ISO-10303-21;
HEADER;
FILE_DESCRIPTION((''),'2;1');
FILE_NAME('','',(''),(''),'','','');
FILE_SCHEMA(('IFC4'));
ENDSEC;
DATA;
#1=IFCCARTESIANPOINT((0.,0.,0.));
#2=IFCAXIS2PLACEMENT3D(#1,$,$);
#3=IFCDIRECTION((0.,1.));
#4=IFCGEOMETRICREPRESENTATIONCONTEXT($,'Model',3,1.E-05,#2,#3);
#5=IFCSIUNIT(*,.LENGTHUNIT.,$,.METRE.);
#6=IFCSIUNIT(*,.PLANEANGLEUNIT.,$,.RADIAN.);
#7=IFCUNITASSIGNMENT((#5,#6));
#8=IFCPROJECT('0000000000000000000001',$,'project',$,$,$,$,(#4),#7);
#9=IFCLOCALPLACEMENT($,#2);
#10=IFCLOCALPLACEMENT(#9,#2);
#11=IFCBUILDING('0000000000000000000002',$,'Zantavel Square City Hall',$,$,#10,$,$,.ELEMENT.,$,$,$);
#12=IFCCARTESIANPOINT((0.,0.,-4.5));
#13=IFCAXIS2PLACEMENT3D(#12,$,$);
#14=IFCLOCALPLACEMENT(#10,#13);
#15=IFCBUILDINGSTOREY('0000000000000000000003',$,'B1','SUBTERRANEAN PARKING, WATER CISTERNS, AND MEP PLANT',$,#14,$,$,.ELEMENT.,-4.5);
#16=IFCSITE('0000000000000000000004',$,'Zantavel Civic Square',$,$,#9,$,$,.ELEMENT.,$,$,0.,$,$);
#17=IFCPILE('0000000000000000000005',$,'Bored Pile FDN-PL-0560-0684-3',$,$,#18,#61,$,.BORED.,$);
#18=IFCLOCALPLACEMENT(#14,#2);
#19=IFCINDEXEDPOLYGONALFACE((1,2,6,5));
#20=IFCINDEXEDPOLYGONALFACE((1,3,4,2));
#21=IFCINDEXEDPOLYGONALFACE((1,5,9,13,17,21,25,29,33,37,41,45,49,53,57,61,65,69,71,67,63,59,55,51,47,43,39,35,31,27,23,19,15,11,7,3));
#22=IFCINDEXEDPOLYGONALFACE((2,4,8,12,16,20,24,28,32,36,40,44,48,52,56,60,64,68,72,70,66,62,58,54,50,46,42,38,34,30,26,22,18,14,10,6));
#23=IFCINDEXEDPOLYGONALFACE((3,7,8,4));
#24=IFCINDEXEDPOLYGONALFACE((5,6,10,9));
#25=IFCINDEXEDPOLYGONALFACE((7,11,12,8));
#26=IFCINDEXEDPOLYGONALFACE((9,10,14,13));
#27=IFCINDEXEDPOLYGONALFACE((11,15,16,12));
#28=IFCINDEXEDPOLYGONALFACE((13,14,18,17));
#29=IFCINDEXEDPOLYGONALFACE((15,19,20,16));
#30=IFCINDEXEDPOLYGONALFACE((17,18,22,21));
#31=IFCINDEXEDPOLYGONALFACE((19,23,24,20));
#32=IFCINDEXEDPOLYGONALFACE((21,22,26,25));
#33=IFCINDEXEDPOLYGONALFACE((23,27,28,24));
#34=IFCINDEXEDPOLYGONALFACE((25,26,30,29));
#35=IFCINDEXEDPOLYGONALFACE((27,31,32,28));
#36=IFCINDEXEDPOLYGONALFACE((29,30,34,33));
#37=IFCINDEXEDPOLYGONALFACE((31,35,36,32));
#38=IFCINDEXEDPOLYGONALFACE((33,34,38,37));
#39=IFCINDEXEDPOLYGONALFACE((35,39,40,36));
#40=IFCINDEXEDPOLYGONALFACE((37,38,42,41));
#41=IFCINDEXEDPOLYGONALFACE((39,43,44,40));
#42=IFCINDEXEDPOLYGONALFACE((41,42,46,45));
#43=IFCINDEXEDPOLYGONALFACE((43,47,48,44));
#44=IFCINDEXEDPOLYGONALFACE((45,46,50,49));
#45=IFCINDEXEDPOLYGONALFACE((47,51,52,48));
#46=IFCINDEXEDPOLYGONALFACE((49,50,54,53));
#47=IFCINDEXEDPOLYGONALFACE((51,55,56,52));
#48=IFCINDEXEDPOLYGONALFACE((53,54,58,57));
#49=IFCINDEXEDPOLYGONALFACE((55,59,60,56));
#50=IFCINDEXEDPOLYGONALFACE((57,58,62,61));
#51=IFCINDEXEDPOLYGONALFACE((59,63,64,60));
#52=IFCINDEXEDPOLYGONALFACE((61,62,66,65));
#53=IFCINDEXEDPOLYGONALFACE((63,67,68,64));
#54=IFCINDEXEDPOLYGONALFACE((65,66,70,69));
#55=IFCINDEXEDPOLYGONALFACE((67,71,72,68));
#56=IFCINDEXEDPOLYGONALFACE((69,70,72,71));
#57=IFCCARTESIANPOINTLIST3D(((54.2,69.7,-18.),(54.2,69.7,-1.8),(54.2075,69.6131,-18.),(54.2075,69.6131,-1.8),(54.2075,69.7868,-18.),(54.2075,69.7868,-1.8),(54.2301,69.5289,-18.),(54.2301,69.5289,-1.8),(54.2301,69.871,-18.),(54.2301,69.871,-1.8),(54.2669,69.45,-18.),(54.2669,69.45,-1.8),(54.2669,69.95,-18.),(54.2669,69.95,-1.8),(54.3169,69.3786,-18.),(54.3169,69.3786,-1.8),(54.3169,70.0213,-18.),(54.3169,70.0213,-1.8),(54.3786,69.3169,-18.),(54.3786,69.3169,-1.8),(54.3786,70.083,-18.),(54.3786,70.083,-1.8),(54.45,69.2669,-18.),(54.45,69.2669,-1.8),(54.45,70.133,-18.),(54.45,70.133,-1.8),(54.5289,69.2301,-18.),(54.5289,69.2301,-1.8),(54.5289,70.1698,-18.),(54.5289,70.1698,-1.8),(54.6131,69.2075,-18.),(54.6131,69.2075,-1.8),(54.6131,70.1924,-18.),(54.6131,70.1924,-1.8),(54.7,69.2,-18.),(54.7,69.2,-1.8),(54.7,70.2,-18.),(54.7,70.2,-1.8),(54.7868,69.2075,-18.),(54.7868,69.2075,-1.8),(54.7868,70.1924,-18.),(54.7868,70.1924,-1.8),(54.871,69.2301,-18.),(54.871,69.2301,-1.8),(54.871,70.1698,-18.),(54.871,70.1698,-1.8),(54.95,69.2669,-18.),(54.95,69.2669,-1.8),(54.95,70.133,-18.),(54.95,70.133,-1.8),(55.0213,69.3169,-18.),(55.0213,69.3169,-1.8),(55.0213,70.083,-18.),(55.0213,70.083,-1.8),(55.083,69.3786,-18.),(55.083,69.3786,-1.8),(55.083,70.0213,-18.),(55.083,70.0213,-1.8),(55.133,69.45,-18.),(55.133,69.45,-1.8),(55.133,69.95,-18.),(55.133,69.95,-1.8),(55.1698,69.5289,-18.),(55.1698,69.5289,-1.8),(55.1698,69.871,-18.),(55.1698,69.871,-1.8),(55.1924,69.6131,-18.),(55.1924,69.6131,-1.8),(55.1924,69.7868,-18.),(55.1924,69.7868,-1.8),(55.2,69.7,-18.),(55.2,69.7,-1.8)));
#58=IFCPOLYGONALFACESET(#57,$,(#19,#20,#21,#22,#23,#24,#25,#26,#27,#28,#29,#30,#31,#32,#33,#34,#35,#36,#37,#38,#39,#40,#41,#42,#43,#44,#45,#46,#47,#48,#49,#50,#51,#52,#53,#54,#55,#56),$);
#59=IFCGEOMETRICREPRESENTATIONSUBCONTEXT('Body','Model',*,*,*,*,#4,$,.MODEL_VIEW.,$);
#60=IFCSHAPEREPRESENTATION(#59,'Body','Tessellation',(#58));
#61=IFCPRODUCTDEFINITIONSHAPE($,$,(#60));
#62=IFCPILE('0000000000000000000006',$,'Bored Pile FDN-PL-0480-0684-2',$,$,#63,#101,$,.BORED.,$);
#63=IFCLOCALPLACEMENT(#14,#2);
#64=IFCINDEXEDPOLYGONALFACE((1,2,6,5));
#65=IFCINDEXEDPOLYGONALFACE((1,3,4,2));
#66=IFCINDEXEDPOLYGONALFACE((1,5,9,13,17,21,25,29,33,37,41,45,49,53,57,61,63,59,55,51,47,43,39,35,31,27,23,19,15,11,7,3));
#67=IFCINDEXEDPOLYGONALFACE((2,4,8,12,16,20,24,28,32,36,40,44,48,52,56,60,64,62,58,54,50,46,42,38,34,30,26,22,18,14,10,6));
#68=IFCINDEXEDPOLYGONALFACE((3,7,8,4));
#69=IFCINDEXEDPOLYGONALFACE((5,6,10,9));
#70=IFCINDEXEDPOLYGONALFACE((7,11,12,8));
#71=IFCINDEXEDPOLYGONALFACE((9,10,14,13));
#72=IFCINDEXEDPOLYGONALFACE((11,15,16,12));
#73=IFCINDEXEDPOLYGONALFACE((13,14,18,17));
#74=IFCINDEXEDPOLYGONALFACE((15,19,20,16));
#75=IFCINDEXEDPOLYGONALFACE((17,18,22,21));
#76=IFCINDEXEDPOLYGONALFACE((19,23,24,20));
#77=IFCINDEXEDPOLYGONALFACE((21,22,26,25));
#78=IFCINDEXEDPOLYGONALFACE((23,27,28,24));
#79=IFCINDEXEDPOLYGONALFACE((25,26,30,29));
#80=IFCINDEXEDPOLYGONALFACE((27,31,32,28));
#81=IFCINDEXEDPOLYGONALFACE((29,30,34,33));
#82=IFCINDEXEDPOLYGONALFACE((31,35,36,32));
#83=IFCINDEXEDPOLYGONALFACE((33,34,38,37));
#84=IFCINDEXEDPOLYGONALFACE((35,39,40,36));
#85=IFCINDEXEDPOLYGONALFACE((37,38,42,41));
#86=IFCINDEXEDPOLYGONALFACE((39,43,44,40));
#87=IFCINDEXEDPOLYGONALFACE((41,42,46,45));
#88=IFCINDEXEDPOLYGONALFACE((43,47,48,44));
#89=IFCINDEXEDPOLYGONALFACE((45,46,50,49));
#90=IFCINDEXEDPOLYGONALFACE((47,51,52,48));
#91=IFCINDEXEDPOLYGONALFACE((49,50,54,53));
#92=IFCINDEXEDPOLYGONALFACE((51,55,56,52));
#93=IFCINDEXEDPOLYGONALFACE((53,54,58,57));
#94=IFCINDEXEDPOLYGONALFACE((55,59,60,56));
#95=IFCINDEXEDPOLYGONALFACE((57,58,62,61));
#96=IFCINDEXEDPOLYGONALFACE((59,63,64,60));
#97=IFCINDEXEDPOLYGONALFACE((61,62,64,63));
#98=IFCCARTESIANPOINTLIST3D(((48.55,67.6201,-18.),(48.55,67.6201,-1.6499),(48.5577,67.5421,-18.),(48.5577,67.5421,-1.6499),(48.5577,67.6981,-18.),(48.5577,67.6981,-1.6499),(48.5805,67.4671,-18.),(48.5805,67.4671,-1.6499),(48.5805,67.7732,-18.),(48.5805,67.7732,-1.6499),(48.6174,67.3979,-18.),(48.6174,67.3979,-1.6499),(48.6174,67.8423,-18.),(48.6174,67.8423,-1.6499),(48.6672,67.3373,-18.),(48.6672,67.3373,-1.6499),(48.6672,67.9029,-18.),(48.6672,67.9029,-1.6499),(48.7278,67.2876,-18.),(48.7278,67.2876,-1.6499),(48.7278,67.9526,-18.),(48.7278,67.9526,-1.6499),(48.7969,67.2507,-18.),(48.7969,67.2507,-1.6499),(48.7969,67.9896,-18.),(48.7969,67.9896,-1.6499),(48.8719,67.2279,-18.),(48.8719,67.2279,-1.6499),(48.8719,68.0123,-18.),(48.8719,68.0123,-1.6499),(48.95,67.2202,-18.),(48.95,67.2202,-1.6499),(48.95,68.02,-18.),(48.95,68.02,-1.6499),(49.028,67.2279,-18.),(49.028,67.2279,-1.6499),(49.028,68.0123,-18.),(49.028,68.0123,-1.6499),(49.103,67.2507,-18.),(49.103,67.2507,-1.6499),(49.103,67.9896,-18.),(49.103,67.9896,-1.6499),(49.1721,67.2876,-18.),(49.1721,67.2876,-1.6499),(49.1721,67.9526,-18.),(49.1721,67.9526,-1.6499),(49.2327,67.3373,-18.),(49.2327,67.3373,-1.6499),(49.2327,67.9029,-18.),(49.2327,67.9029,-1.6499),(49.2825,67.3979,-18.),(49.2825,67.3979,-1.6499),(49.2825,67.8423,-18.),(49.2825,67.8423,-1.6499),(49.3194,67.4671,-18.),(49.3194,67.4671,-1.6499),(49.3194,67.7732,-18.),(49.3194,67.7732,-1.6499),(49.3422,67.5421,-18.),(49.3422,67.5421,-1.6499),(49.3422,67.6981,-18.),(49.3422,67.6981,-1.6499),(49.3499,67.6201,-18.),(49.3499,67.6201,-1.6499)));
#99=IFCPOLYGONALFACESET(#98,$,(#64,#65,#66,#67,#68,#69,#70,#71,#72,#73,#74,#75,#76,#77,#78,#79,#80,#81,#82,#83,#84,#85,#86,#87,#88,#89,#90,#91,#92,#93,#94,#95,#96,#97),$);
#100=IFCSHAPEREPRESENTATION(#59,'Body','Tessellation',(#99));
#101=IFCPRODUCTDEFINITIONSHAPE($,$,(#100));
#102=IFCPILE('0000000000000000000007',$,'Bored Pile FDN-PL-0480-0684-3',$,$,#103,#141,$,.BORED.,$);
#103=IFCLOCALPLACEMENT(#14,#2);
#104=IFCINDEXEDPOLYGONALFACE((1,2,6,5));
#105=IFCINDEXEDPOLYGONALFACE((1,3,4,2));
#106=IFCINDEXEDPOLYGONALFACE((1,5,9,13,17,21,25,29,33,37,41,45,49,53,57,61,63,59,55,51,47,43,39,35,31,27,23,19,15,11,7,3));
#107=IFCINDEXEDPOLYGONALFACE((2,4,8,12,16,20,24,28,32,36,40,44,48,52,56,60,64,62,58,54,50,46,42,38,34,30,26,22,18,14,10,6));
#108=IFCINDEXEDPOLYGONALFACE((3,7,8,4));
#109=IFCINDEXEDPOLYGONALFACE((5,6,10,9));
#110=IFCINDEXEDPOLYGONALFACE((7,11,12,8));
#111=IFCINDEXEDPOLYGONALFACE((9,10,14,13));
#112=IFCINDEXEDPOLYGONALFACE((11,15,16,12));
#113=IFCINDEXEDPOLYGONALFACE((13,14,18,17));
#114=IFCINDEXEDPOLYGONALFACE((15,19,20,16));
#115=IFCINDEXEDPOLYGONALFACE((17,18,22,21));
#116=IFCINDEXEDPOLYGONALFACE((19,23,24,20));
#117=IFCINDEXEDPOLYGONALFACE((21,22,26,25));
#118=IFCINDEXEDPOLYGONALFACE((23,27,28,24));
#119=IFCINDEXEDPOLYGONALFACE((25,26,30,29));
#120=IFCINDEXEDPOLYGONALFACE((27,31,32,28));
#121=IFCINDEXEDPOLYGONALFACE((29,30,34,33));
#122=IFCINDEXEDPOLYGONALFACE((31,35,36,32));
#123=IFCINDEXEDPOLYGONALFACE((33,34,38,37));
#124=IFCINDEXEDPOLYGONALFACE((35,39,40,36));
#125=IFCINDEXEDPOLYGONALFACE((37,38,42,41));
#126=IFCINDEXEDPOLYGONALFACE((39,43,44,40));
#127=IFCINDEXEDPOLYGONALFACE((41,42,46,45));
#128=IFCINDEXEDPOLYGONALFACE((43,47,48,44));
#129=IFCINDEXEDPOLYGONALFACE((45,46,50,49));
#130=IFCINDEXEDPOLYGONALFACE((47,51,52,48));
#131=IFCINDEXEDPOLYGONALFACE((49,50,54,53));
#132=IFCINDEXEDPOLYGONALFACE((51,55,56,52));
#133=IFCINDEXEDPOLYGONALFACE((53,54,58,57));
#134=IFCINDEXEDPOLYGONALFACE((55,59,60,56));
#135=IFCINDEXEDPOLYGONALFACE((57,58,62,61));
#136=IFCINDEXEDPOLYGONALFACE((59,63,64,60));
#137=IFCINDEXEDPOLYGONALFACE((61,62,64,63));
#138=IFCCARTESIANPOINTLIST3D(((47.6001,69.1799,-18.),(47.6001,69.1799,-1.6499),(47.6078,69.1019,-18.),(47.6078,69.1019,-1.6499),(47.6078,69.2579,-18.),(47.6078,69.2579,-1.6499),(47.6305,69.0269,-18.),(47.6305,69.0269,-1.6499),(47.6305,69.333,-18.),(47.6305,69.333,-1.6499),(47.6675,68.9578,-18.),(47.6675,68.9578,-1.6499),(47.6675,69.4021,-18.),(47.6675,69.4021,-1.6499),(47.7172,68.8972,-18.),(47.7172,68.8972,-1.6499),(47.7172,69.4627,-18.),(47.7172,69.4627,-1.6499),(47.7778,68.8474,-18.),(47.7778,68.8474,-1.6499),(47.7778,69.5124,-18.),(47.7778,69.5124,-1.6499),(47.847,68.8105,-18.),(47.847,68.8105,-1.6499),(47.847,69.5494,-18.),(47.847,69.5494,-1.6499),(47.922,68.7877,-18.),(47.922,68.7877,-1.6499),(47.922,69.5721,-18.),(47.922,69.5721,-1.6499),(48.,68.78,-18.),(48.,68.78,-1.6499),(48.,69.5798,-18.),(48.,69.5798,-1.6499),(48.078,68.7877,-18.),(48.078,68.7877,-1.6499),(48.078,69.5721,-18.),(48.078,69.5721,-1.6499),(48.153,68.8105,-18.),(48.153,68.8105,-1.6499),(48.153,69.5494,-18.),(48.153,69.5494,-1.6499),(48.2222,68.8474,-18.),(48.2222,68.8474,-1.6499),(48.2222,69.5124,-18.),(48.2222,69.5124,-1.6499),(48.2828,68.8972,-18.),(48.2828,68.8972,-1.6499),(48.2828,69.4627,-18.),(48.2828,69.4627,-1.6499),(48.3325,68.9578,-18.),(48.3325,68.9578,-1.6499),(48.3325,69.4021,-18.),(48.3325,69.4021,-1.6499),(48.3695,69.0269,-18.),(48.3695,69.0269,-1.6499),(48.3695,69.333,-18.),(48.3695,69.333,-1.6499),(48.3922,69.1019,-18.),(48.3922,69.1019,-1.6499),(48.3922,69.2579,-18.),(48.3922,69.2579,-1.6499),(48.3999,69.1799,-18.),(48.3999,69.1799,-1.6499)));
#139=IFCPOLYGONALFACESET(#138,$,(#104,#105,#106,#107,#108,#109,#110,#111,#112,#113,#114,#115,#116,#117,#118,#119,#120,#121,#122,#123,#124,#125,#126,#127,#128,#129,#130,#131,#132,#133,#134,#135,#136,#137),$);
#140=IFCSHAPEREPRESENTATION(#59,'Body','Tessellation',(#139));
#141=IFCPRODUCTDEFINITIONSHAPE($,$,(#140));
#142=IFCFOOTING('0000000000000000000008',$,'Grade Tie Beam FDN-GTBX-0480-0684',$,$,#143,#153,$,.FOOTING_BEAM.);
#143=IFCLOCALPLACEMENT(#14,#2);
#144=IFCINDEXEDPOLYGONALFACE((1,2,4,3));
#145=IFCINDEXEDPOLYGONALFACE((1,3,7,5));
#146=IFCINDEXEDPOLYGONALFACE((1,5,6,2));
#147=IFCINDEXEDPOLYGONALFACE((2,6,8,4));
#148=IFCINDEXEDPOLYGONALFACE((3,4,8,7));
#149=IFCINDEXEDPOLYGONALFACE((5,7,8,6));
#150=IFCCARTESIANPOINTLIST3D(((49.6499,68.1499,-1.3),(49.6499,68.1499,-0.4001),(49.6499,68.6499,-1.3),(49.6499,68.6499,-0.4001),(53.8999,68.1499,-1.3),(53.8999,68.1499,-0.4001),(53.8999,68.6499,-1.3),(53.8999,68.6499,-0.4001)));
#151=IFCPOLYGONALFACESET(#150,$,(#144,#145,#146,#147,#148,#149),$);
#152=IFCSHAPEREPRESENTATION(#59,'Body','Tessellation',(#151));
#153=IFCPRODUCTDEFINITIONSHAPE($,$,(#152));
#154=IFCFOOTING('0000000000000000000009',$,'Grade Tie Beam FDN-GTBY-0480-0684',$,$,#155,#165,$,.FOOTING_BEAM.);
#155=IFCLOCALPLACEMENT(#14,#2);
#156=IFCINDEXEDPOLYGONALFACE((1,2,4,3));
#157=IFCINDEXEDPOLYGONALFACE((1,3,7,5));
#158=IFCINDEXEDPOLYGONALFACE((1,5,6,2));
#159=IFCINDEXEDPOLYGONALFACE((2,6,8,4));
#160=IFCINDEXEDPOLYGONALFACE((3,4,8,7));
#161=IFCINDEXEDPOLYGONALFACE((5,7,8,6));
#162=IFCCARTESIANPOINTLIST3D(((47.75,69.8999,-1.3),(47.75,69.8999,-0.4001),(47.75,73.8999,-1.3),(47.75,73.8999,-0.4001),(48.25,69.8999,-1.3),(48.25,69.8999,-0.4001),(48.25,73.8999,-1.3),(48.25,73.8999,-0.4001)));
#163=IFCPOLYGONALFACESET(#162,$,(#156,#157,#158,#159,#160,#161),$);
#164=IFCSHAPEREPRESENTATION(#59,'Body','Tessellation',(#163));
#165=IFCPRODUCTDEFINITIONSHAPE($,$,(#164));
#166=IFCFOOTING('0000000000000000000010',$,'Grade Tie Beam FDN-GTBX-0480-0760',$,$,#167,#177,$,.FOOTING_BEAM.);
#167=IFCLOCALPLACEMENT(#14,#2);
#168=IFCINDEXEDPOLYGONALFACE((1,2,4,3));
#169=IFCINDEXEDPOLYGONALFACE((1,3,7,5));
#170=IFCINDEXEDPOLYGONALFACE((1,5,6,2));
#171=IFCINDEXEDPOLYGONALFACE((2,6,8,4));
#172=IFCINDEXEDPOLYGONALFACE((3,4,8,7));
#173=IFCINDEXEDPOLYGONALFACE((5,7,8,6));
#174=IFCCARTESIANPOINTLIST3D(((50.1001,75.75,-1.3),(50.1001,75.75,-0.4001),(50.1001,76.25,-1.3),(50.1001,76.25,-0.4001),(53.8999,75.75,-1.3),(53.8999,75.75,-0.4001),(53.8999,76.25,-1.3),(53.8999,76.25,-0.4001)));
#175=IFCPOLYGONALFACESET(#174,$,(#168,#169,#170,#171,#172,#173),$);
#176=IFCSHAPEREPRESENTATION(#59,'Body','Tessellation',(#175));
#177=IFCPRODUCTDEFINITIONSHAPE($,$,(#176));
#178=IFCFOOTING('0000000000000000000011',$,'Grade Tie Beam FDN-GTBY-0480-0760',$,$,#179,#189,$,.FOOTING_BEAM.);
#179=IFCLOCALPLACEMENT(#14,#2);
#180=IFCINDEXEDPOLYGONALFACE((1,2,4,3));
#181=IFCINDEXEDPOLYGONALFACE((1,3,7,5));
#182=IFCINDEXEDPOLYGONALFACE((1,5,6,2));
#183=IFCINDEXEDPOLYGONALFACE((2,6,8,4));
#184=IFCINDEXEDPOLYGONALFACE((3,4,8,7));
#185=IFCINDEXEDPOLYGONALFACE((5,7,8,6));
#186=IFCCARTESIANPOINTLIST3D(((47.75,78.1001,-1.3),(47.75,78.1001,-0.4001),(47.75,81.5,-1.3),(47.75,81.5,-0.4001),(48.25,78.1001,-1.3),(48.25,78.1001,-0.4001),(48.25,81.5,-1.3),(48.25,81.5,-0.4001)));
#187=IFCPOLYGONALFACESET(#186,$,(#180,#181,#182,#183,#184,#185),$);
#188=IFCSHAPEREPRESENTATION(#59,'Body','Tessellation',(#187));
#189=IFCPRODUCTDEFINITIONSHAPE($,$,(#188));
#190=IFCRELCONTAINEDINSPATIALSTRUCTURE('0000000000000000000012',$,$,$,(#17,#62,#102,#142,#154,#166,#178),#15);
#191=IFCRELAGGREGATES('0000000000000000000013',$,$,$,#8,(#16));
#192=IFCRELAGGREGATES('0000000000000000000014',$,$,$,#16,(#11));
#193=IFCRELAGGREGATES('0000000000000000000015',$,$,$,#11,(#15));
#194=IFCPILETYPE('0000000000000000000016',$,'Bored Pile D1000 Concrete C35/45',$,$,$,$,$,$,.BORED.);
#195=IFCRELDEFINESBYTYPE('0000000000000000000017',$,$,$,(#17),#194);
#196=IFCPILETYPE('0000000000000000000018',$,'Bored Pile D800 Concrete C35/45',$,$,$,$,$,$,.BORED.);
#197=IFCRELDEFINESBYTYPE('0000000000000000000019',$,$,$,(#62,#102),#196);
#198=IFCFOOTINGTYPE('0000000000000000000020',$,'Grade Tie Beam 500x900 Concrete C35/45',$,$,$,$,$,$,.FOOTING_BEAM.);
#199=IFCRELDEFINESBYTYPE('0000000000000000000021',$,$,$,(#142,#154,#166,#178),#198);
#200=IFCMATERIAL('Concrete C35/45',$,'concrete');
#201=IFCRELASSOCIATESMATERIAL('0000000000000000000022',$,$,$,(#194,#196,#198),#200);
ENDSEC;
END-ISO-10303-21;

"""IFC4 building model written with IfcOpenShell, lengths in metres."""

from ifc_helpers import new_model, si_unit, direction, frame, origin, origin_2d, place, context, subcontext, project, spatial, rectangle, circle, extrude, material, material_profile, profile_set, type_object, element, save


model = new_model("IFC4")

# Units and contexts
model_context = context("Model", 3, precision=1e-05, world=origin(), true_north=direction((0.0, 1.0)))
body_context = subcontext(model_context, "Body", "Model", "MODEL_VIEW")
ifc_project = project(units=[si_unit("LENGTHUNIT", "METRE"), si_unit("PLANEANGLEUNIT", "RADIAN")], contexts=[model_context])

# Site, building, storey
site_placement = place(None, origin())
site = spatial("IfcSite", under=ifc_project, at=site_placement, Name="Zantavel Civic Square", CompositionType="ELEMENT", RefElevation=0.0)
building_placement = place(site_placement, origin())
building = spatial("IfcBuilding", under=site, at=building_placement, Name="Zantavel Square City Hall", CompositionType="ELEMENT")
storey_placement = place(building_placement, frame((0.0, 0.0, -4.5)))
storey = spatial("IfcBuildingStorey", under=building, at=storey_placement, Name="B1", Description="SUBTERRANEAN PARKING, WATER CISTERNS, AND MEP PLANT", CompositionType="ELEMENT", Elevation=-4.5)

# Piles
ifc_material_1 = material(Name="Concrete C35/45", Category="concrete")
ifc_material_profile_1 = material_profile(ifc_material_1, circle(Radius=0.5, at=origin_2d()), Name="PILE D1000")
ifc_profile_set_1 = profile_set([ifc_material_profile_1], Name="Concrete C35/45")
pile_type_1 = type_object("IfcPileType", Name="Bored Pile D1000 Concrete C35/45", PredefinedType="BORED", material=ifc_profile_set_1)
for number, where, z_axis, x_axis, name in (
    (1, (54.7, 69.7, -1.8), (0.0, 0.0, -1.0), (1.0, 0.0, 0.0), "Bored Pile FDN-PL-0560-0684-3"),
):
    element("IfcPile", number, at=place(storey_placement, frame(where, z_axis=z_axis, x_axis=x_axis)), inside=storey, type_object=pile_type_1, Name=name, PredefinedType="BORED", context=body_context, shape_type="SweptSolid", body=[
        extrude(circle(Radius=0.5, at=origin_2d()), origin(), (0.0, 0.0, 1.0), 16.2),
    ])
ifc_material_profile_2 = material_profile(ifc_material_1, circle(Radius=0.3999, at=origin_2d()), Name="PILE D800")
ifc_profile_set_2 = profile_set([ifc_material_profile_2], Name="Concrete C35/45")
pile_type_2 = type_object("IfcPileType", Name="Bored Pile D800 Concrete C35/45", PredefinedType="BORED", material=ifc_profile_set_2)
for number, where, z_axis, x_axis, name in (
    (2, (48.95, 67.6201, -1.6499), (0.0, 0.0, -1.0), (1.0, 0.0, 0.0), "Bored Pile FDN-PL-0480-0684-2"),
    (3, (48.0, 69.1799, -1.6499), (0.0, 0.0, -1.0), (1.0, 0.0, 0.0), "Bored Pile FDN-PL-0480-0684-3"),
):
    element("IfcPile", number, at=place(storey_placement, frame(where, z_axis=z_axis, x_axis=x_axis)), inside=storey, type_object=pile_type_2, Name=name, PredefinedType="BORED", context=body_context, shape_type="SweptSolid", body=[
        extrude(circle(Radius=0.3999, at=origin_2d()), origin(), (0.0, 0.0, 1.0), 16.3501),
    ])

# Footings
ifc_material_profile_3 = material_profile(ifc_material_1, rectangle(XDim=0.5, YDim=0.8999, at=origin_2d()), Name="RC 500x900")
ifc_profile_set_3 = profile_set([ifc_material_profile_3], Name="Concrete C35/45")
footing_type_1 = type_object("IfcFootingType", Name="Grade Tie Beam 500x900 Concrete C35/45", PredefinedType="FOOTING_BEAM", material=ifc_profile_set_3)
footing_1_placement = place(storey_placement, frame((49.6499, 68.3999, -0.8501), z_axis=(1.0, 0.0, 0.0), x_axis=(0.0, 1.0, 0.0)))
element("IfcFooting", 4, at=footing_1_placement, inside=storey, type_object=footing_type_1, Name="Grade Tie Beam FDN-GTBX-0480-0684", PredefinedType="FOOTING_BEAM", context=body_context, shape_type="SweptSolid", body=[
    extrude(rectangle(XDim=0.5, YDim=0.8999, at=origin_2d()), origin(), (0.0, 0.0, 1.0), 4.25),
])
footing_2_placement = place(storey_placement, frame((48.0, 69.8999, -0.8501), z_axis=(0.0, 1.0, 0.0), x_axis=(-1.0, 0.0, 0.0)))
element("IfcFooting", 5, at=footing_2_placement, inside=storey, type_object=footing_type_1, Name="Grade Tie Beam FDN-GTBY-0480-0684", PredefinedType="FOOTING_BEAM", context=body_context, shape_type="SweptSolid", body=[
    extrude(rectangle(XDim=0.5, YDim=0.8999, at=origin_2d()), origin(), (0.0, 0.0, 1.0), 4.0),
])
footing_3_placement = place(storey_placement, frame((50.1001, 76.0, -0.8501), z_axis=(1.0, 0.0, 0.0), x_axis=(0.0, 1.0, 0.0)))
element("IfcFooting", 6, at=footing_3_placement, inside=storey, type_object=footing_type_1, Name="Grade Tie Beam FDN-GTBX-0480-0760", PredefinedType="FOOTING_BEAM", context=body_context, shape_type="SweptSolid", body=[
    extrude(rectangle(XDim=0.5, YDim=0.8999, at=origin_2d()), origin(), (0.0, 0.0, 1.0), 3.7998),
])
footing_4_placement = place(storey_placement, frame((48.0, 78.1001, -0.8501), z_axis=(0.0, 1.0, 0.0), x_axis=(-1.0, 0.0, 0.0)))
element("IfcFooting", 7, at=footing_4_placement, inside=storey, type_object=footing_type_1, Name="Grade Tie Beam FDN-GTBY-0480-0760", PredefinedType="FOOTING_BEAM", context=body_context, shape_type="SweptSolid", body=[
    extrude(rectangle(XDim=0.5, YDim=0.8999, at=origin_2d()), origin(), (0.0, 0.0, 1.0), 3.3999),
])

save(model, "model.ifc")
